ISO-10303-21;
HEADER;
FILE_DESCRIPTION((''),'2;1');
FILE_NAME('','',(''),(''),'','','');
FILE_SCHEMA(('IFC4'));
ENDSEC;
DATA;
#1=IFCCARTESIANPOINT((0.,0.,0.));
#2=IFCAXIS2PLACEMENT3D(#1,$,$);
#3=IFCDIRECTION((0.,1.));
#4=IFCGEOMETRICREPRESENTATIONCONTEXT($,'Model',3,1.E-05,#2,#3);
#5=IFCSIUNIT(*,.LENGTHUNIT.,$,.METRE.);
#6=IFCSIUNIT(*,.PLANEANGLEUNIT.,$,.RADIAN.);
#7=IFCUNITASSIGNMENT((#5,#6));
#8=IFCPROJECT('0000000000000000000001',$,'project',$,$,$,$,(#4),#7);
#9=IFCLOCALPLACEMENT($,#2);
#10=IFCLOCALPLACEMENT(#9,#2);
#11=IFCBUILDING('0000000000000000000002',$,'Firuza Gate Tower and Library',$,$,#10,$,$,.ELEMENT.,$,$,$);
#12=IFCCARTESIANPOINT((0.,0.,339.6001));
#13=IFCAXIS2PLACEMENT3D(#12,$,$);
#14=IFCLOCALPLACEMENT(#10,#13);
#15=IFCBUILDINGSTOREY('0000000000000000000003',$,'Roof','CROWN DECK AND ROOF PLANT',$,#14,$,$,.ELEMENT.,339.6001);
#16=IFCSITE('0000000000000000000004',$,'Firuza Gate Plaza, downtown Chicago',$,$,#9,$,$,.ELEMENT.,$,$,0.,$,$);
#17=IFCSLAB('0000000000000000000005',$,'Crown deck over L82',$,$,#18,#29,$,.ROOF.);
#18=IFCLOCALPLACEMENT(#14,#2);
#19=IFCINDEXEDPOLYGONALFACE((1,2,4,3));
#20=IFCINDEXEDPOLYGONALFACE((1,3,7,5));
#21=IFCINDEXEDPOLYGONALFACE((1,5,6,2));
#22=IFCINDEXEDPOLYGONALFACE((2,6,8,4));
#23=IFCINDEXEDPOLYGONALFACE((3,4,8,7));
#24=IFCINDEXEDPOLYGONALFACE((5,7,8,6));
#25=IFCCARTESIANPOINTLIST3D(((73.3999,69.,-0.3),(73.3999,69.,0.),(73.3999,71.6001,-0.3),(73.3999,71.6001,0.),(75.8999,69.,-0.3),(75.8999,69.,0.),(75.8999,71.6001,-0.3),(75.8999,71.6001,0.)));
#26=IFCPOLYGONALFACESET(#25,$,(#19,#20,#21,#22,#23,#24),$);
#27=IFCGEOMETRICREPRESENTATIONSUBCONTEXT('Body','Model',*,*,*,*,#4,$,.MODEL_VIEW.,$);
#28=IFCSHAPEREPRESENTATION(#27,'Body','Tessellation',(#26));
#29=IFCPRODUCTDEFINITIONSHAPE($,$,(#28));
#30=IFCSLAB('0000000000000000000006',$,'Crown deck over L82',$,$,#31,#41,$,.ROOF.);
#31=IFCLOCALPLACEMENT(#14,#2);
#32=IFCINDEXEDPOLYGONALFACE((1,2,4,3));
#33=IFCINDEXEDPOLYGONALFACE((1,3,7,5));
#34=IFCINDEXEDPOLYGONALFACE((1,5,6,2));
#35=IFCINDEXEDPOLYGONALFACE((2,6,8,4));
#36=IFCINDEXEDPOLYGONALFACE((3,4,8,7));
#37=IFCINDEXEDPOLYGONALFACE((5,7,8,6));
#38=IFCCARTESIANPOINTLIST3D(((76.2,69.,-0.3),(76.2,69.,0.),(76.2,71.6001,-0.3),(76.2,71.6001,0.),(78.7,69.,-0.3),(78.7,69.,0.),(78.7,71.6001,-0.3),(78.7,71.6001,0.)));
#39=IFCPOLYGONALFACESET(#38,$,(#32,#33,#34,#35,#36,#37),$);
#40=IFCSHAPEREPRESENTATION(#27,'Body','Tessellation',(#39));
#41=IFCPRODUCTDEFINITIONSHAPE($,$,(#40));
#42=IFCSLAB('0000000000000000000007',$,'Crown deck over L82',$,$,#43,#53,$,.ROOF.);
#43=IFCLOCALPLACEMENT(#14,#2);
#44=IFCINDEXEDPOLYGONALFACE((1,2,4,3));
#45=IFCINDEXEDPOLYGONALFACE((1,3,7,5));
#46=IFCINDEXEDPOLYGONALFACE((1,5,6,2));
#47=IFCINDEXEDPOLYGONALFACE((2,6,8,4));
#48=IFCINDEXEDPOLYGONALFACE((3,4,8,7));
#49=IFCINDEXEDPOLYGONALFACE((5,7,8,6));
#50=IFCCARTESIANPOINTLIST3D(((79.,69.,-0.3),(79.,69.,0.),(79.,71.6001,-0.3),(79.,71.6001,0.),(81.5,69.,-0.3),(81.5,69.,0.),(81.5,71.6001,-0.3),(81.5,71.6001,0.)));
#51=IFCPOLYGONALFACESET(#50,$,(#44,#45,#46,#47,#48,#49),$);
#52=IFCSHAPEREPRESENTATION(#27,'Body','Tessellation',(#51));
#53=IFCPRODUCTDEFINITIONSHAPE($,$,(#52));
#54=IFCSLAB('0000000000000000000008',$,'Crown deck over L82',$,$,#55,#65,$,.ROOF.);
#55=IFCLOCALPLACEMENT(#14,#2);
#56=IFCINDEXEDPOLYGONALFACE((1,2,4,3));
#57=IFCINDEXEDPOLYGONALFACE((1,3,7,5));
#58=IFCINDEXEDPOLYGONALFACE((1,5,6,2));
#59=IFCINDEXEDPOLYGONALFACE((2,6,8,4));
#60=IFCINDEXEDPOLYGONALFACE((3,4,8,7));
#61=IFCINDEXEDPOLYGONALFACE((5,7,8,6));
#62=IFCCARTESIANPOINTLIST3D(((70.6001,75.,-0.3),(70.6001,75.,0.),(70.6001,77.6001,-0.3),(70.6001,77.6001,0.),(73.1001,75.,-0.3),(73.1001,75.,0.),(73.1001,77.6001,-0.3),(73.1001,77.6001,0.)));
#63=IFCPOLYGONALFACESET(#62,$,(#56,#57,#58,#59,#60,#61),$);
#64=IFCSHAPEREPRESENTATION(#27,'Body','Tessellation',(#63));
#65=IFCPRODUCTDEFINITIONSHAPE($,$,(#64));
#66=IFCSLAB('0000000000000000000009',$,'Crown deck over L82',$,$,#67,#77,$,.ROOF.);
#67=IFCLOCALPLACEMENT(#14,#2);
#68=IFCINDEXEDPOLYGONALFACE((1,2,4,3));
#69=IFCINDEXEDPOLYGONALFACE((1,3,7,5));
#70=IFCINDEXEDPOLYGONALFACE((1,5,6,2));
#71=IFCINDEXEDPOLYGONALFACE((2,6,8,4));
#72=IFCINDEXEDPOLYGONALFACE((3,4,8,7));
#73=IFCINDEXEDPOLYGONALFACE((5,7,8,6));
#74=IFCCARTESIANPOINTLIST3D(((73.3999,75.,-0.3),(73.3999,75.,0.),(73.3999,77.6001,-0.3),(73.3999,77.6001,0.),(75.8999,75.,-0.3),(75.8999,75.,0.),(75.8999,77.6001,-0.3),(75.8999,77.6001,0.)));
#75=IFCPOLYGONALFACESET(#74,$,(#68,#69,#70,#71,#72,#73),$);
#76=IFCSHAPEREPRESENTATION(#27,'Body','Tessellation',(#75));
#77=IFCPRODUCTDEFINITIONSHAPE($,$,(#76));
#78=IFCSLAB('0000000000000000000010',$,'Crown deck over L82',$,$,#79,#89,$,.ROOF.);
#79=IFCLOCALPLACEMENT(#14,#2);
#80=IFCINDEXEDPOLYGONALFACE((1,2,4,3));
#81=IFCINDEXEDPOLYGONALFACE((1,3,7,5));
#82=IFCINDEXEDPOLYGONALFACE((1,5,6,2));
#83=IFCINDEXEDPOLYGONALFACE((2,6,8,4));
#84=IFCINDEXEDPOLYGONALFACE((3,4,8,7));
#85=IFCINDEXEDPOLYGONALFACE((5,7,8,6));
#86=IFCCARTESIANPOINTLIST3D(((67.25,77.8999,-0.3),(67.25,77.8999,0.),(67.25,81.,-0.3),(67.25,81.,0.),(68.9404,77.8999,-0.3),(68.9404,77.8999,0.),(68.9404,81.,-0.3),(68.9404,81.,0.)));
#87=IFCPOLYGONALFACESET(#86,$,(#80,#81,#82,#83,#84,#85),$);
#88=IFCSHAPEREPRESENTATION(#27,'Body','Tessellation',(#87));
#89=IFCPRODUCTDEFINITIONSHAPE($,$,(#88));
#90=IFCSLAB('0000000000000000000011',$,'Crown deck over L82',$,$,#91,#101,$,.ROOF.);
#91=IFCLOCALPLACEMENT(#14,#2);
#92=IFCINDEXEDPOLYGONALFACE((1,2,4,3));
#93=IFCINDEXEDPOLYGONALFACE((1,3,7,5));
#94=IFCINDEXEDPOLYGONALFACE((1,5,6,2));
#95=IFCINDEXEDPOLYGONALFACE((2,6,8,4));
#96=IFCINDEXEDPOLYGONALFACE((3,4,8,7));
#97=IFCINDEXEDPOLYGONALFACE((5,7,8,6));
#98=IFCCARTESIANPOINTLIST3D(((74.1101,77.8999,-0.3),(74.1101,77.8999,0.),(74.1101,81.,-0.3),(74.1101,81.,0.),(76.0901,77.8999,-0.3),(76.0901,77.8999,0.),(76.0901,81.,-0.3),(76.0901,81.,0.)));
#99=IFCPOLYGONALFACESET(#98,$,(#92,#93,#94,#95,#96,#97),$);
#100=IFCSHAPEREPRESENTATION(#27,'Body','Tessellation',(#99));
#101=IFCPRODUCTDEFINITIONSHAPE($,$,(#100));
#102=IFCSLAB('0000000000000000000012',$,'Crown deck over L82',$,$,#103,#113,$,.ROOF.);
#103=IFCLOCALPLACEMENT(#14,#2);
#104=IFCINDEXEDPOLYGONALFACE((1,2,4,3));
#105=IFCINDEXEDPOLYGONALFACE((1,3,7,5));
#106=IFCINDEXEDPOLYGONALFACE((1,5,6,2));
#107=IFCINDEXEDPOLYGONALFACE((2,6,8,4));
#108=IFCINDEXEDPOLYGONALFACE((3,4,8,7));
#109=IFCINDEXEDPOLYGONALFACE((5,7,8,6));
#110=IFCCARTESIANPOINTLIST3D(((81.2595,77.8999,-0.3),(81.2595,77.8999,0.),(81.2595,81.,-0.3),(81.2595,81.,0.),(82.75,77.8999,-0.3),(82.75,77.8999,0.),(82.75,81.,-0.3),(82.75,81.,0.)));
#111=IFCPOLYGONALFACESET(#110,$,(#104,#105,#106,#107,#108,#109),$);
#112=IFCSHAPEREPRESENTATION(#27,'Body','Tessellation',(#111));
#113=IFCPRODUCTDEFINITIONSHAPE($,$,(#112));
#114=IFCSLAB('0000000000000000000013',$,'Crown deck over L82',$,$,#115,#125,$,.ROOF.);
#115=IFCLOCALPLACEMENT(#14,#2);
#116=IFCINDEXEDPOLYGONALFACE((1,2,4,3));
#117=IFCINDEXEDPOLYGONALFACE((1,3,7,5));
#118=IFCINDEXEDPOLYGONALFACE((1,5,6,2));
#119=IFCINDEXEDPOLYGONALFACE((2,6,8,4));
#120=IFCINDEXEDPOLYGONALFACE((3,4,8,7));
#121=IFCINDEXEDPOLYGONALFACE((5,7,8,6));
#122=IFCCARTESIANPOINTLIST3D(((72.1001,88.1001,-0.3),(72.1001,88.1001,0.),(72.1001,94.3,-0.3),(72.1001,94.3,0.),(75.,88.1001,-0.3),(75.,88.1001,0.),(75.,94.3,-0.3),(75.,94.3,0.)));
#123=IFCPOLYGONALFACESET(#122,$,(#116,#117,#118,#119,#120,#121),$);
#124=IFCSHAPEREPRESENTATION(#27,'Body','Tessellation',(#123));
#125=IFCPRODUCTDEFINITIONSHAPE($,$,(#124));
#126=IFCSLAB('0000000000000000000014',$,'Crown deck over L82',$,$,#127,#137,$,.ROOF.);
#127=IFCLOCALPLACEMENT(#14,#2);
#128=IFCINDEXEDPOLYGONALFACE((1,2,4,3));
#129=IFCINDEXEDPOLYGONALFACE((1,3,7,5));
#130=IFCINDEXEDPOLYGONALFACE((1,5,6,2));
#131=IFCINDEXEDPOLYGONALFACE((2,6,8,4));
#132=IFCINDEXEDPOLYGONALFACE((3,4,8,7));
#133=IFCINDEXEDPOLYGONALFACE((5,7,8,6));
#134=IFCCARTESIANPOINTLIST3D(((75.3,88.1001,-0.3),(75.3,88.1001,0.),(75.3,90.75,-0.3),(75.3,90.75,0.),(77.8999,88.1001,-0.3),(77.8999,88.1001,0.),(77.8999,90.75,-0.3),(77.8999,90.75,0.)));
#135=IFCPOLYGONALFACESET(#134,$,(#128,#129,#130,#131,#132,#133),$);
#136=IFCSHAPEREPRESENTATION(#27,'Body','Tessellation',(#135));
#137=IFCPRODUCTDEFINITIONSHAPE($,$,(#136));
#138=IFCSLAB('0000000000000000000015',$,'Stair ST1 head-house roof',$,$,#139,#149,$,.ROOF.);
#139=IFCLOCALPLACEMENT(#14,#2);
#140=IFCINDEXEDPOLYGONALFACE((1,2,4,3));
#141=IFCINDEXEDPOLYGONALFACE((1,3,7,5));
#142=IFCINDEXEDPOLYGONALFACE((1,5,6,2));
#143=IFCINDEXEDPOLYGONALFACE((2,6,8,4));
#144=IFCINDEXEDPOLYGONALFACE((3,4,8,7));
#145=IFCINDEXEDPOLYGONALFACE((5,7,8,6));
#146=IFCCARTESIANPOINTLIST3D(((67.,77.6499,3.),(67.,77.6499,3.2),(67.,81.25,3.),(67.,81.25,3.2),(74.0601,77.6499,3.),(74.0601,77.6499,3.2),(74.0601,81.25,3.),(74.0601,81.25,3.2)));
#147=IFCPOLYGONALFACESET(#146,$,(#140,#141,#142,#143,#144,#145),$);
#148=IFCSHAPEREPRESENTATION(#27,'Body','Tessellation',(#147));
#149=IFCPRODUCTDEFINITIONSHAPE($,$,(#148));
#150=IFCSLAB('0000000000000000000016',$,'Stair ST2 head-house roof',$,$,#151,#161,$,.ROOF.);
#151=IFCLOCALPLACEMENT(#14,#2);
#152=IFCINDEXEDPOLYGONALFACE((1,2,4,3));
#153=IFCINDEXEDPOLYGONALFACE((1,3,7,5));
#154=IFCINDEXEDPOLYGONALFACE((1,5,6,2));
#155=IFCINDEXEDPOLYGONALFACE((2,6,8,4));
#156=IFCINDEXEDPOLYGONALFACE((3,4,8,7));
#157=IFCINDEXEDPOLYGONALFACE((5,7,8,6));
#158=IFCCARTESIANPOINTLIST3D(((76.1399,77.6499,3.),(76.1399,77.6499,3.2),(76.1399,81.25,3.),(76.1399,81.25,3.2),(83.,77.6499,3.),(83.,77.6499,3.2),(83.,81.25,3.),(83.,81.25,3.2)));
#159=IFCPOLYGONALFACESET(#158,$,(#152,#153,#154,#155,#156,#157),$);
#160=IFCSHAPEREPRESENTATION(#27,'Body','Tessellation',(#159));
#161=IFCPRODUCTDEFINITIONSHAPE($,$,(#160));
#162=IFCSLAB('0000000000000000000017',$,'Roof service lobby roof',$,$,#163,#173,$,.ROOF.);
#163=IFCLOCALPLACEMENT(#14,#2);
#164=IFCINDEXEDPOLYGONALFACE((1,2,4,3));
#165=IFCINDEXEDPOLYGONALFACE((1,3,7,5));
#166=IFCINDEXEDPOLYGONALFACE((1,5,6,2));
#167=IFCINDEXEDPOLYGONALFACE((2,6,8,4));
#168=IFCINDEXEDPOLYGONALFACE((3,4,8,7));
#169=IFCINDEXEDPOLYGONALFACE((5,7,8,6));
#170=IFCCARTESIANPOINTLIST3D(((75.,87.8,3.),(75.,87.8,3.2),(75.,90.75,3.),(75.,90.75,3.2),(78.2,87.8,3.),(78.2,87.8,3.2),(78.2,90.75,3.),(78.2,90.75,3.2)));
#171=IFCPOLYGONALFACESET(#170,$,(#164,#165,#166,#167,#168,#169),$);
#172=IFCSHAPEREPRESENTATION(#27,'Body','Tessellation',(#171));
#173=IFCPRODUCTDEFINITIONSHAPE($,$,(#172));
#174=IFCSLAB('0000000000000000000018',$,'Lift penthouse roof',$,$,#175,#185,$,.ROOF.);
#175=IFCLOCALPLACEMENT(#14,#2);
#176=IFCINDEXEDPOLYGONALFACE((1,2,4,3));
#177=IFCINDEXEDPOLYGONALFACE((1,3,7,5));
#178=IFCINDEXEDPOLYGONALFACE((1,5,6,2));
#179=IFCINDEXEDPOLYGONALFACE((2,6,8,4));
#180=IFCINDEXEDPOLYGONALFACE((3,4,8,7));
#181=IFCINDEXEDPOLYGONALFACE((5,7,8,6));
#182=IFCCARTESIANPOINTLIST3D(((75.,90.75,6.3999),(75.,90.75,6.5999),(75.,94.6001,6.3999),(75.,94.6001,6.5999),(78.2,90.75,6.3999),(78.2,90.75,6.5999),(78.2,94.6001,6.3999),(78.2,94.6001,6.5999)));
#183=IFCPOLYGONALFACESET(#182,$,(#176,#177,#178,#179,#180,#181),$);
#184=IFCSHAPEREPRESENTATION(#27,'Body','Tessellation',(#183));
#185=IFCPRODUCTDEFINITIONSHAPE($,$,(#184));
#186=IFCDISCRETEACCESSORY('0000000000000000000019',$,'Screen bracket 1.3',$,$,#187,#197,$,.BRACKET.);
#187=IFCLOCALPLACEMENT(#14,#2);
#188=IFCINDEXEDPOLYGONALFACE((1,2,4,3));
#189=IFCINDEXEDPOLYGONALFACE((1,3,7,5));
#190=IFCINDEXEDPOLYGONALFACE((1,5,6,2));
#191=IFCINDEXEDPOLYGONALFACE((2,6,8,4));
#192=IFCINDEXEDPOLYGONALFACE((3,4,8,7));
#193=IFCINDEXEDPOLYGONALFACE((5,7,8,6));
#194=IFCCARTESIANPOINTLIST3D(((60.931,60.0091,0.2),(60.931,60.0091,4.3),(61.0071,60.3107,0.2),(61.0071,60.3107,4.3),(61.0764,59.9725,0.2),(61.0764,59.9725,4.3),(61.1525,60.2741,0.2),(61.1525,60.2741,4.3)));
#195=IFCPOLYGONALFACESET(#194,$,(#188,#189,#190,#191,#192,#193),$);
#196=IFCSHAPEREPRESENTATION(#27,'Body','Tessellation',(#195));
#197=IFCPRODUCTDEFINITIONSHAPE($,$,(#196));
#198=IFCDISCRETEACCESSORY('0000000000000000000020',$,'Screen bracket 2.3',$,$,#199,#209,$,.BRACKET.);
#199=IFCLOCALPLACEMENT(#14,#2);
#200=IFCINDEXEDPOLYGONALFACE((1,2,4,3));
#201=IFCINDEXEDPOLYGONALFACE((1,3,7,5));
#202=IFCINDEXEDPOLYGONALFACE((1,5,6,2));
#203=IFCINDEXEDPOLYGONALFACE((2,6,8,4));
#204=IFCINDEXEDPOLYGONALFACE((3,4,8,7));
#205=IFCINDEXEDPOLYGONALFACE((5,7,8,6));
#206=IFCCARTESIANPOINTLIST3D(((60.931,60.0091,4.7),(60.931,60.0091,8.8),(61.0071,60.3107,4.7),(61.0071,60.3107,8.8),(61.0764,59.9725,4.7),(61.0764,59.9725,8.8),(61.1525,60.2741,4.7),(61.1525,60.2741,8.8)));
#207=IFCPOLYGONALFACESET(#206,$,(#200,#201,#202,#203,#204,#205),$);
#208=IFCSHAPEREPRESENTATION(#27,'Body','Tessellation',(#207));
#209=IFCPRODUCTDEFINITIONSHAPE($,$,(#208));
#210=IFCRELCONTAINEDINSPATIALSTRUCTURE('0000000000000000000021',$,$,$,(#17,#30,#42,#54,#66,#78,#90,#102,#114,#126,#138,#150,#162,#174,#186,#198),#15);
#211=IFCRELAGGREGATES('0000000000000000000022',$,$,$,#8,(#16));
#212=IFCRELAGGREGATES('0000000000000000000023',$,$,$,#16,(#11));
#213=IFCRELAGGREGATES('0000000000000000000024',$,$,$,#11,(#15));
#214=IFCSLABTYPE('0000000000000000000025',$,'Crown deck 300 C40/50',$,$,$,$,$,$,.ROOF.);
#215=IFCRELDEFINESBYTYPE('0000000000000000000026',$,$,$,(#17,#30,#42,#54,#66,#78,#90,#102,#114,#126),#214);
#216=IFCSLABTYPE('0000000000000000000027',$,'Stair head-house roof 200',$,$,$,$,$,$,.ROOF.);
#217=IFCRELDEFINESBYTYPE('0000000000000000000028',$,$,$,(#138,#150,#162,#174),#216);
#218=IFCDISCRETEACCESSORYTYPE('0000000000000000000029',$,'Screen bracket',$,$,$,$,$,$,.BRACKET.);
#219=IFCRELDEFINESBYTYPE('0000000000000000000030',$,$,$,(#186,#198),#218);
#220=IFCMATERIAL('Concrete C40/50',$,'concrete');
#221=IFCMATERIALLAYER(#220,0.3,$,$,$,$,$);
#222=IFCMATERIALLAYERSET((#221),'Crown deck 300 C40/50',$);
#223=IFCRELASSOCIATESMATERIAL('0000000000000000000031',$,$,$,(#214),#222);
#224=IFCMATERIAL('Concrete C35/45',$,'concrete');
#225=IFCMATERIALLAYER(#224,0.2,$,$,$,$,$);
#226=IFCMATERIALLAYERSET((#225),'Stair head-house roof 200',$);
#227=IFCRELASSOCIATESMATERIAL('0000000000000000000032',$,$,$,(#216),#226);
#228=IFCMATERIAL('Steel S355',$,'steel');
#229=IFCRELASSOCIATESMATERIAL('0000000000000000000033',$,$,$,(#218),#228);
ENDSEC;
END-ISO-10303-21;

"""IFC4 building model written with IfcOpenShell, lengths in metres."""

from ifc_helpers import new_model, si_unit, direction, frame, origin, origin_2d, place, context, subcontext, project, spatial, polyline, rectangle, outline, extrude, material, layer, layer_set, type_object, element, save


model = new_model("IFC4")

# Units and contexts
model_context = context("Model", 3, precision=1e-05, world=origin(), true_north=direction((0.0, 1.0)))
body_context = subcontext(model_context, "Body", "Model", "MODEL_VIEW")
ifc_project = project(units=[si_unit("LENGTHUNIT", "METRE"), si_unit("PLANEANGLEUNIT", "RADIAN")], contexts=[model_context])

# Site, building, storey
site_placement = place(None, origin())
site = spatial("IfcSite", under=ifc_project, at=site_placement, Name="Firuza Gate Plaza, downtown Chicago", CompositionType="ELEMENT", RefElevation=0.0)
building_placement = place(site_placement, origin())
building = spatial("IfcBuilding", under=site, at=building_placement, Name="Firuza Gate Tower and Library", CompositionType="ELEMENT")
storey_placement = place(building_placement, frame((0.0, 0.0, 339.6001)))
storey = spatial("IfcBuildingStorey", under=building, at=storey_placement, Name="Roof", Description="CROWN DECK AND ROOF PLANT", CompositionType="ELEMENT", Elevation=339.6001)

# Shared definitions
ifc_material_1 = material(Name="Concrete C40/50", Category="concrete")
ifc_layer_1 = layer(ifc_material_1, 0.3)
ifc_layer_set_1 = layer_set([ifc_layer_1], Name="Crown deck 300 C40/50")
slab_type_1 = type_object("IfcSlabType", Name="Crown deck 300 C40/50", PredefinedType="ROOF", material=ifc_layer_set_1)
placement_1 = place(storey_placement, frame((0.0, 0.0, -0.3)))

# Slabs
element("IfcSlab", 1, at=placement_1, inside=storey, type_object=slab_type_1, Name="Crown deck over L82", PredefinedType="ROOF", context=body_context, shape_type="SweptSolid", body=[
    extrude(outline(polyline([(75.8999, 71.6001), (73.3999, 71.6001), (73.3999, 69.0), (75.8999, 69.0), (75.8999, 71.6001)])), origin(), (0.0, 0.0, 1.0), 0.3),
])
element("IfcSlab", 2, at=placement_1, inside=storey, type_object=slab_type_1, Name="Crown deck over L82", PredefinedType="ROOF", context=body_context, shape_type="SweptSolid", body=[
    extrude(outline(polyline([(76.2, 71.6001), (76.2, 69.0), (78.7, 69.0), (78.7, 71.6001), (76.2, 71.6001)])), origin(), (0.0, 0.0, 1.0), 0.3),
])
element("IfcSlab", 3, at=placement_1, inside=storey, type_object=slab_type_1, Name="Crown deck over L82", PredefinedType="ROOF", context=body_context, shape_type="SweptSolid", body=[
    extrude(outline(polyline([(79.0, 71.6001), (79.0, 69.0), (81.5, 69.0), (81.5, 71.6001), (79.0, 71.6001)])), origin(), (0.0, 0.0, 1.0), 0.3),
])
element("IfcSlab", 4, at=placement_1, inside=storey, type_object=slab_type_1, Name="Crown deck over L82", PredefinedType="ROOF", context=body_context, shape_type="SweptSolid", body=[
    extrude(outline(polyline([(70.6001, 75.0), (73.1001, 75.0), (73.1001, 77.6001), (70.6001, 77.6001), (70.6001, 75.0)])), origin(), (0.0, 0.0, 1.0), 0.3),
])
element("IfcSlab", 5, at=placement_1, inside=storey, type_object=slab_type_1, Name="Crown deck over L82", PredefinedType="ROOF", context=body_context, shape_type="SweptSolid", body=[
    extrude(outline(polyline([(75.8999, 77.6001), (73.3999, 77.6001), (73.3999, 75.0), (75.8999, 75.0), (75.8999, 77.6001)])), origin(), (0.0, 0.0, 1.0), 0.3),
])
element("IfcSlab", 6, at=placement_1, inside=storey, type_object=slab_type_1, Name="Crown deck over L82", PredefinedType="ROOF", context=body_context, shape_type="SweptSolid", body=[
    extrude(outline(polyline([(67.25, 77.8999), (68.9404, 77.8999), (68.9404, 81.0), (67.25, 81.0), (67.25, 77.8999)])), origin(), (0.0, 0.0, 1.0), 0.3),
])
element("IfcSlab", 7, at=placement_1, inside=storey, type_object=slab_type_1, Name="Crown deck over L82", PredefinedType="ROOF", context=body_context, shape_type="SweptSolid", body=[
    extrude(outline(polyline([(76.0901, 77.8999), (76.0901, 81.0), (74.1101, 81.0), (74.1101, 77.8999), (76.0901, 77.8999)])), origin(), (0.0, 0.0, 1.0), 0.3),
])
element("IfcSlab", 8, at=placement_1, inside=storey, type_object=slab_type_1, Name="Crown deck over L82", PredefinedType="ROOF", context=body_context, shape_type="SweptSolid", body=[
    extrude(outline(polyline([(82.75, 77.8999), (82.75, 81.0), (81.2595, 81.0), (81.2595, 77.8999), (82.75, 77.8999)])), origin(), (0.0, 0.0, 1.0), 0.3),
])
element("IfcSlab", 9, at=placement_1, inside=storey, type_object=slab_type_1, Name="Crown deck over L82", PredefinedType="ROOF", context=body_context, shape_type="SweptSolid", body=[
    extrude(outline(polyline([(75.0, 88.1001), (75.0, 94.3), (72.1001, 94.3), (72.1001, 88.1001), (75.0, 88.1001)])), origin(), (0.0, 0.0, 1.0), 0.3),
])
element("IfcSlab", 10, at=placement_1, inside=storey, type_object=slab_type_1, Name="Crown deck over L82", PredefinedType="ROOF", context=body_context, shape_type="SweptSolid", body=[
    extrude(outline(polyline([(77.8999, 90.75), (75.3, 90.75), (75.3, 88.1001), (77.8999, 88.1001), (77.8999, 90.75)])), origin(), (0.0, 0.0, 1.0), 0.3),
])
ifc_material_2 = material(Name="Concrete C35/45", Category="concrete")
ifc_layer_2 = layer(ifc_material_2, 0.2)
ifc_layer_set_2 = layer_set([ifc_layer_2], Name="Stair head-house roof 200")
slab_type_2 = type_object("IfcSlabType", Name="Stair head-house roof 200", PredefinedType="ROOF", material=ifc_layer_set_2)
placement_2 = place(storey_placement, frame((0.0, 0.0, 3.0)))
element("IfcSlab", 11, at=placement_2, inside=storey, type_object=slab_type_2, Name="Stair ST1 head-house roof", PredefinedType="ROOF", context=body_context, shape_type="SweptSolid", body=[
    extrude(outline(polyline([(67.0, 77.6499), (74.0601, 77.6499), (74.0601, 81.25), (67.0, 81.25), (67.0, 77.6499)])), origin(), (0.0, 0.0, 1.0), 0.2),
])
element("IfcSlab", 12, at=placement_2, inside=storey, type_object=slab_type_2, Name="Stair ST2 head-house roof", PredefinedType="ROOF", context=body_context, shape_type="SweptSolid", body=[
    extrude(outline(polyline([(76.1399, 77.6499), (83.0, 77.6499), (83.0, 81.25), (76.1399, 81.25), (76.1399, 77.6499)])), origin(), (0.0, 0.0, 1.0), 0.2),
])
element("IfcSlab", 13, at=placement_2, inside=storey, type_object=slab_type_2, Name="Roof service lobby roof", PredefinedType="ROOF", context=body_context, shape_type="SweptSolid", body=[
    extrude(outline(polyline([(75.0, 87.8), (78.2, 87.8), (78.2, 90.75), (75.0, 90.75), (75.0, 87.8)])), origin(), (0.0, 0.0, 1.0), 0.2),
])
slab_1_placement = place(storey_placement, frame((0.0, 0.0, 6.3999)))
element("IfcSlab", 14, at=slab_1_placement, inside=storey, type_object=slab_type_2, Name="Lift penthouse roof", PredefinedType="ROOF", context=body_context, shape_type="SweptSolid", body=[
    extrude(outline(polyline([(75.0, 90.75), (78.2, 90.75), (78.2, 94.6001), (75.0, 94.6001), (75.0, 90.75)])), origin(), (0.0, 0.0, 1.0), 0.2),
])

# Discrete accessories
ifc_material_3 = material(Name="Steel S355", Category="steel")
discrete_accessory_type = type_object("IfcDiscreteAccessoryType", Name="Screen bracket", PredefinedType="BRACKET", material=ifc_material_3)
for number, where, z_axis, x_axis, name in (
    (15, (61.0417, 60.1416, 0.2), (0.0, 0.0, 1.0), (-0.244677, -0.969605, 0.0), "Screen bracket 1.3"),
    (16, (61.0417, 60.1416, 4.7), (0.0, 0.0, 1.0), (-0.244677, -0.969605, 0.0), "Screen bracket 2.3"),
):
    element("IfcDiscreteAccessory", number, at=place(storey_placement, frame(where, z_axis=z_axis, x_axis=x_axis)), inside=storey, type_object=discrete_accessory_type, Name=name, PredefinedType="BRACKET", context=body_context, shape_type="SweptSolid", body=[
        extrude(rectangle(XDim=0.311, YDim=0.1499, at=origin_2d()), origin(), (0.0, 0.0, 1.0), 4.1001),
    ])

save(model, "model.ifc")
